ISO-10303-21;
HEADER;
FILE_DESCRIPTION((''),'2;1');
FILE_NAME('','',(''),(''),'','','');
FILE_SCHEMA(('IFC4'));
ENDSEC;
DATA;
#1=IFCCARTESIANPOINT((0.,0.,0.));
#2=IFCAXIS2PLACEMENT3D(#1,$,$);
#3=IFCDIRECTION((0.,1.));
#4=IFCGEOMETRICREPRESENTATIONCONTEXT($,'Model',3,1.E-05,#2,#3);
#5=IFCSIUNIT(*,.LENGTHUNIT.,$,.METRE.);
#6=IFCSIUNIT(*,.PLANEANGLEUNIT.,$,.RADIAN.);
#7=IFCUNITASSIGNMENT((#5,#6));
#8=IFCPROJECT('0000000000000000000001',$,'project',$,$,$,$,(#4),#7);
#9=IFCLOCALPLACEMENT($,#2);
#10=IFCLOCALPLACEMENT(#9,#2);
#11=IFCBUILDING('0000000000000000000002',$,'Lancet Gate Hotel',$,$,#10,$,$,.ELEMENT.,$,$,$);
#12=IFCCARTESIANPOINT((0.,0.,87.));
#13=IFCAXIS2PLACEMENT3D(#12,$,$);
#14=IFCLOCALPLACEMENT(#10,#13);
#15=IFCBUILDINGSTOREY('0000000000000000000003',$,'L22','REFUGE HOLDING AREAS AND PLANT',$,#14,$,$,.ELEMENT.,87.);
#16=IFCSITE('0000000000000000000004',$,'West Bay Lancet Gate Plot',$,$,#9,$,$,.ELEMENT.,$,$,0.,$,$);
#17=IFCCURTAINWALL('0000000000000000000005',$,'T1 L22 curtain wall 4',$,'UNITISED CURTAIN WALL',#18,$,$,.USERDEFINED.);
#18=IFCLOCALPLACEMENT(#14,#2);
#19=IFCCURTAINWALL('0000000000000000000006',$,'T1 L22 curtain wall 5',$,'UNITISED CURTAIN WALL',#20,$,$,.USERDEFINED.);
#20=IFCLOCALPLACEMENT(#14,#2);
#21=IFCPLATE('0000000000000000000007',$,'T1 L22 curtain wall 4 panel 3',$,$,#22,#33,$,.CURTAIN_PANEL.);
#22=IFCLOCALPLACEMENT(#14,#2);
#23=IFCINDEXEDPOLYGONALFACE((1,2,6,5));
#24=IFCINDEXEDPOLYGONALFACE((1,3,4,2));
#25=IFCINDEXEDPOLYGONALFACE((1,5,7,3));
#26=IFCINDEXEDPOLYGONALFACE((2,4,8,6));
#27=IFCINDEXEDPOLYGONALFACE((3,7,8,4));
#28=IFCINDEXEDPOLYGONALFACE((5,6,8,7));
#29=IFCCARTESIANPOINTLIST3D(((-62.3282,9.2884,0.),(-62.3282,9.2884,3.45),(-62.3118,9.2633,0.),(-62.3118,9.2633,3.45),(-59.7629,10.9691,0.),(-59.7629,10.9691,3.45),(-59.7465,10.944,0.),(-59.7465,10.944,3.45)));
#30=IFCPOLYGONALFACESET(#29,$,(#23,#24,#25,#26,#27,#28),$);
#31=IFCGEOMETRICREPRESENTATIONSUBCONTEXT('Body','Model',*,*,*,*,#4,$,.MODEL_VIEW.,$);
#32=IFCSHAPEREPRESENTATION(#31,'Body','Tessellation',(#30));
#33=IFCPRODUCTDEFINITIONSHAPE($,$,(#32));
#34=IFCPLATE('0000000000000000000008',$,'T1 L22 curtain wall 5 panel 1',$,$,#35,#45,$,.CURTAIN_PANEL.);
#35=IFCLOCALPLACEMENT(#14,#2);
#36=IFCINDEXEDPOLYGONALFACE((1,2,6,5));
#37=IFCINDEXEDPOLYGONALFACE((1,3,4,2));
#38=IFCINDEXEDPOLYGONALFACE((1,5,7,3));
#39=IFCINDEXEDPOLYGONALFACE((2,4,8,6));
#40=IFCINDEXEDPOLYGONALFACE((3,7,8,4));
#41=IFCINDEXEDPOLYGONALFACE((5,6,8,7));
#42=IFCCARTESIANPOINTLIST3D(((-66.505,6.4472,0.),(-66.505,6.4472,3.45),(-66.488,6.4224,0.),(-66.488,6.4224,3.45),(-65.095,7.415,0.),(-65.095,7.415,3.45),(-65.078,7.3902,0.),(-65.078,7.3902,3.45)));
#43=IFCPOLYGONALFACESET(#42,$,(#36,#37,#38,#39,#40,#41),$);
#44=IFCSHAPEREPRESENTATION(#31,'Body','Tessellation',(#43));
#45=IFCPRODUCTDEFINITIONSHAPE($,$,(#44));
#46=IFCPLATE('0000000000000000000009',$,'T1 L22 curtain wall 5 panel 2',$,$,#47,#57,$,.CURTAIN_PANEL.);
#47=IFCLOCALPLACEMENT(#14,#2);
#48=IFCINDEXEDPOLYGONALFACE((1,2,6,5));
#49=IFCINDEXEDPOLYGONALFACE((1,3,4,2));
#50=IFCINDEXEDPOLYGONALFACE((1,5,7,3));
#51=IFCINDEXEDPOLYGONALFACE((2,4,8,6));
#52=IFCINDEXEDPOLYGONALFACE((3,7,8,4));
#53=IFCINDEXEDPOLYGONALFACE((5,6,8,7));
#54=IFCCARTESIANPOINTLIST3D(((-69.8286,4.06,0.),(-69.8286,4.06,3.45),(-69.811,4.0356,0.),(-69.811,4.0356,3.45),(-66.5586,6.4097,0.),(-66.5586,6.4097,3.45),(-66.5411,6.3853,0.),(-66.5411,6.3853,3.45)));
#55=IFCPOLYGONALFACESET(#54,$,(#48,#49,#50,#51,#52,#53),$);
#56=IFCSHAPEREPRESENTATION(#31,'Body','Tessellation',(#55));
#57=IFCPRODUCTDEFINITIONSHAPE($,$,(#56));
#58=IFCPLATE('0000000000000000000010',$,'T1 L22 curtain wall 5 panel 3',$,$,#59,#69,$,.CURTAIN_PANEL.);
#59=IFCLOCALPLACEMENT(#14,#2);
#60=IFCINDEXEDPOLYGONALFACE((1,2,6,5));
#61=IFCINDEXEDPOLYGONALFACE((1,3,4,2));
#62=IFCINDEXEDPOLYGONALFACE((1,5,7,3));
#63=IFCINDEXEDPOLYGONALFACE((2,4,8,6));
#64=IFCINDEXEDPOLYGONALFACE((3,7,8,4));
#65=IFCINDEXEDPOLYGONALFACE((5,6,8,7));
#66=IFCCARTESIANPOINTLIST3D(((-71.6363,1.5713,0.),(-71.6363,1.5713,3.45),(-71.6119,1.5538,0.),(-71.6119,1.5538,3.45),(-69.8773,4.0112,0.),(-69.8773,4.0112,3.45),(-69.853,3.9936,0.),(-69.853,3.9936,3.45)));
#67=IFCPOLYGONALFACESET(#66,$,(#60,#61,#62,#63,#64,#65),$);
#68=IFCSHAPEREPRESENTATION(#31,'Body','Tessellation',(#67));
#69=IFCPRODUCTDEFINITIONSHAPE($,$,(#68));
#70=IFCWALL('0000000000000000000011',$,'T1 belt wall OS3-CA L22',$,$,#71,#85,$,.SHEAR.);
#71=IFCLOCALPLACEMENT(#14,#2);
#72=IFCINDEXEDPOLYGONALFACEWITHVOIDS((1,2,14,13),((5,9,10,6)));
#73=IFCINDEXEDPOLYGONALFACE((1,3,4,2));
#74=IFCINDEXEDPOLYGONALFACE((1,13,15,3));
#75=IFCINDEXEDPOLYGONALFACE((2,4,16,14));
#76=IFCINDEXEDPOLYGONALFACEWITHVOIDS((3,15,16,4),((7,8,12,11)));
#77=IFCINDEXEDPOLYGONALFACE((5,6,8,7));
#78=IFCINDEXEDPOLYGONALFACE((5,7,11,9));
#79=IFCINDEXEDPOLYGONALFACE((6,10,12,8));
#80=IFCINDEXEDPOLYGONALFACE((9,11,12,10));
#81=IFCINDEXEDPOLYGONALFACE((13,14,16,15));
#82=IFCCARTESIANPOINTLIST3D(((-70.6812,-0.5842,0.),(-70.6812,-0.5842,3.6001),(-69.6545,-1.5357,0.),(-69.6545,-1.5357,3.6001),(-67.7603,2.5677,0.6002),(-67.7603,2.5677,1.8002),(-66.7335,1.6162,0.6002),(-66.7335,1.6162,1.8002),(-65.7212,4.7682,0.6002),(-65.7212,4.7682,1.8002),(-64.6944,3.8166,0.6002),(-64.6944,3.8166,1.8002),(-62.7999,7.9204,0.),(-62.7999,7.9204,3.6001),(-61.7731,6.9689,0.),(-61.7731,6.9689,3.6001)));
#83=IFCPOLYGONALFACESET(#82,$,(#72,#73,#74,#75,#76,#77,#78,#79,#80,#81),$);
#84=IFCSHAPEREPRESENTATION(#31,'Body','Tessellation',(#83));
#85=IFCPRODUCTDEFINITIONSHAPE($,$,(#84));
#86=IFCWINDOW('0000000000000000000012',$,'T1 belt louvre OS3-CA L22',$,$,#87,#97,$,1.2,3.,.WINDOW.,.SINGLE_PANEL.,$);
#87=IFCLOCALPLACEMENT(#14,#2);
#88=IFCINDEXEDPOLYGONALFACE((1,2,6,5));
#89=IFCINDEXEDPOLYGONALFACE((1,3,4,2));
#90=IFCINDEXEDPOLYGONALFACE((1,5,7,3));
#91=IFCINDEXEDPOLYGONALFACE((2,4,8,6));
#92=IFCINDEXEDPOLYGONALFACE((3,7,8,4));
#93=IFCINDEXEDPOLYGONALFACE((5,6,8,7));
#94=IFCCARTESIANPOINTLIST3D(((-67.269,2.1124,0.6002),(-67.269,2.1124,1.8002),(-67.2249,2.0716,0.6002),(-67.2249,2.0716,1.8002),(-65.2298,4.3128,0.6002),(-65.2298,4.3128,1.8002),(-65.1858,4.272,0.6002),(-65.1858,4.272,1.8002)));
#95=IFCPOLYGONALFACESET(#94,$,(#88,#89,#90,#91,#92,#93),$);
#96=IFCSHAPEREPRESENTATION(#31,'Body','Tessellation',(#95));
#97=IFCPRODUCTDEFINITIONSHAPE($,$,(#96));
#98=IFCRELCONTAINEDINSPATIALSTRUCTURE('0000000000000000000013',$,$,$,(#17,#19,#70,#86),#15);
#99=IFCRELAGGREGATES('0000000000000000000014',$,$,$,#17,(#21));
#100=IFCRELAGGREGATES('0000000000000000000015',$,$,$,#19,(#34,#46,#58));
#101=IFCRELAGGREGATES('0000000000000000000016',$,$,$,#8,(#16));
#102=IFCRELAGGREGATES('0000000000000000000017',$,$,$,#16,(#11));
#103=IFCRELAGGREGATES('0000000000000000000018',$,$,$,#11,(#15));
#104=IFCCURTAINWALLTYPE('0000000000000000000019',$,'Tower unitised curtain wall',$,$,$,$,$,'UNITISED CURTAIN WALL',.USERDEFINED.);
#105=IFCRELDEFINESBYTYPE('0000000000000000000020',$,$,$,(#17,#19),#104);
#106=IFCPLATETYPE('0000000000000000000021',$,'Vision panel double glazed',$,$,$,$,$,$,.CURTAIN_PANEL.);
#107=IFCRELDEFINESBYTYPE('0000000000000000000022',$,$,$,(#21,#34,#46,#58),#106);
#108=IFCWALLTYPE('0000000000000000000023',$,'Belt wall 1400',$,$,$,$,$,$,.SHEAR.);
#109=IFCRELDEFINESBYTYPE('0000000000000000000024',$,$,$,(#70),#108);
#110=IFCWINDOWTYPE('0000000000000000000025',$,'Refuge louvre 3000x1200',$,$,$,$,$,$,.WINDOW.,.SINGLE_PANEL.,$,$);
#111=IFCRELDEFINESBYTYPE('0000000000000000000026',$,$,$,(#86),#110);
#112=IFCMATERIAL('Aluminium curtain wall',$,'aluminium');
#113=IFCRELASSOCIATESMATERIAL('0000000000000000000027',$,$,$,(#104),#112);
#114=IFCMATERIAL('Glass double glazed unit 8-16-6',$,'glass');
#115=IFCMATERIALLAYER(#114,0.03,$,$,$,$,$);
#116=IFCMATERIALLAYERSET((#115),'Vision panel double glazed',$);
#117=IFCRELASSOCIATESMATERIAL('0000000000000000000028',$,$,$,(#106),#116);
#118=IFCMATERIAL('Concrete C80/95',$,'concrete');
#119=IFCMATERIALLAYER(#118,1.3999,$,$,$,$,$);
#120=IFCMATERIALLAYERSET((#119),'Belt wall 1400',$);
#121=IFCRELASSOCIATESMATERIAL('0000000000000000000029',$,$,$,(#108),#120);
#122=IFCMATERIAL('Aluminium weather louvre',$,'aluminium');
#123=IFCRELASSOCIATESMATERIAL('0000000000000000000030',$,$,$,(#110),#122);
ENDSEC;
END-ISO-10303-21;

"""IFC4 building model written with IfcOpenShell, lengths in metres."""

from ifc_helpers import new_model, si_unit, direction, frame, frame_2d, origin, origin_2d, place, context, subcontext, project, spatial, rectangle, extrude, material, layer, layer_set, type_object, element, fill, aggregate, save


model = new_model("IFC4")

# Units and contexts
model_context = context("Model", 3, precision=1e-05, world=origin(), true_north=direction((0.0, 1.0)))
body_context = subcontext(model_context, "Body", "Model", "MODEL_VIEW")
ifc_project = project(units=[si_unit("LENGTHUNIT", "METRE"), si_unit("PLANEANGLEUNIT", "RADIAN")], contexts=[model_context])

# Site, building, storey
site_placement = place(None, origin())
site = spatial("IfcSite", under=ifc_project, at=site_placement, Name="West Bay Lancet Gate Plot", CompositionType="ELEMENT", RefElevation=0.0)
building_placement = place(site_placement, origin())
building = spatial("IfcBuilding", under=site, at=building_placement, Name="Lancet Gate Hotel", CompositionType="ELEMENT")
storey_placement = place(building_placement, frame((0.0, 0.0, 87.0)))
storey = spatial("IfcBuildingStorey", under=building, at=storey_placement, Name="L22", Description="REFUGE HOLDING AREAS AND PLANT", CompositionType="ELEMENT", Elevation=87.0)

# Curtain walls
ifc_material_1 = material(Name="Aluminium curtain wall", Category="aluminium")
curtain_wall_type = type_object("IfcCurtainWallType", Name="Tower unitised curtain wall", ElementType="UNITISED CURTAIN WALL", PredefinedType="USERDEFINED", material=ifc_material_1)
curtain_wall_1_placement = place(storey_placement, origin())
curtain_wall_1 = element("IfcCurtainWall", 1, at=curtain_wall_1_placement, inside=storey, type_object=curtain_wall_type, Name="T1 L22 curtain wall 4", ObjectType="UNITISED CURTAIN WALL", PredefinedType="USERDEFINED")
curtain_wall_2_placement = place(storey_placement, origin())
curtain_wall_2 = element("IfcCurtainWall", 2, at=curtain_wall_2_placement, inside=storey, type_object=curtain_wall_type, Name="T1 L22 curtain wall 5", ObjectType="UNITISED CURTAIN WALL", PredefinedType="USERDEFINED")

# Plates
ifc_material_2 = material(Name="Glass double glazed unit 8-16-6", Category="glass")
ifc_layer_1 = layer(ifc_material_2, 0.03)
ifc_layer_set_1 = layer_set([ifc_layer_1], Name="Vision panel double glazed")
plate_type = type_object("IfcPlateType", Name="Vision panel double glazed", PredefinedType="CURTAIN_PANEL", material=ifc_layer_set_1)
plate_1_placement = place(storey_placement, frame((-61.0374, 10.1162, 0.0), z_axis=(0.0, 0.0, 1.0), x_axis=(-0.836458, -0.548032, 0.0)))
plate_1 = element("IfcPlate", 3, at=plate_1_placement, type_object=plate_type, Name="T1 L22 curtain wall 4 panel 3", PredefinedType="CURTAIN_PANEL", context=body_context, shape_type="SweptSolid", body=[
    extrude(rectangle(XDim=3.0669, YDim=0.03, at=origin_2d()), origin(), (0.0, 0.0, 1.0), 3.45),
])
aggregate(curtain_wall_1, [plate_1])
plate_2_placement = place(storey_placement, frame((-65.7915, 6.9187, 0.0), z_axis=(0.0, 0.0, 1.0), x_axis=(-0.824466, -0.565911, 0.0)))
plate_2 = element("IfcPlate", 4, at=plate_2_placement, type_object=plate_type, Name="T1 L22 curtain wall 5 panel 1", PredefinedType="CURTAIN_PANEL", context=body_context, shape_type="SweptSolid", body=[
    extrude(rectangle(XDim=1.7102, YDim=0.03, at=origin_2d()), origin(), (0.0, 0.0, 1.0), 3.45),
])
plate_3_placement = place(storey_placement, frame((-68.1848, 5.2227, 0.0), z_axis=(0.0, 0.0, 1.0), x_axis=(-0.812093, -0.583528, 0.0)))
plate_3 = element("IfcPlate", 5, at=plate_3_placement, type_object=plate_type, Name="T1 L22 curtain wall 5 panel 2", PredefinedType="CURTAIN_PANEL", context=body_context, shape_type="SweptSolid", body=[
    extrude(rectangle(XDim=4.0266, YDim=0.03, at=origin_2d()), origin(), (0.0, 0.0, 1.0), 3.45),
])
plate_4_placement = place(storey_placement, frame((-70.7446, 2.7825, 0.0), z_axis=(0.0, 0.0, 1.0), x_axis=(-0.584809, -0.811171, 0.0)))
plate_4 = element("IfcPlate", 6, at=plate_4_placement, type_object=plate_type, Name="T1 L22 curtain wall 5 panel 3", PredefinedType="CURTAIN_PANEL", context=body_context, shape_type="SweptSolid", body=[
    extrude(rectangle(XDim=3.0078, YDim=0.03, at=origin_2d()), origin(), (0.0, 0.0, 1.0), 3.45),
])
aggregate(curtain_wall_2, [plate_2, plate_3, plate_4])

# Wall, opening, window
ifc_material_3 = material(Name="Concrete C80/95", Category="concrete")
ifc_layer_2 = layer(ifc_material_3, 1.3999)
ifc_layer_set_2 = layer_set([ifc_layer_2], Name="Belt wall 1400")
wall_type = type_object("IfcWallType", Name="Belt wall 1400", PredefinedType="SHEAR", material=ifc_layer_set_2)
wall_placement = place(storey_placement, frame((-62.2866, 7.4446, 0.0), z_axis=(0.0, 0.0, 1.0), x_axis=(-0.679718, -0.733473, 0.0)))
wall = element("IfcWall", 7, at=wall_placement, inside=storey, type_object=wall_type, Name="T1 belt wall OS3-CA L22", PredefinedType="SHEAR", context=body_context, shape_type="SweptSolid", body=[
    extrude(rectangle(XDim=11.595, YDim=1.3999, at=frame_2d((5.7974, 0.0))), origin(), (0.0, 0.0, 1.0), 3.6001),
])
opening_placement = place(wall_placement, frame((4.2976, 0.0, 0.6001)))
opening = element("IfcOpeningElement", 8, at=opening_placement, cuts=wall, PredefinedType="OPENING", context=body_context, shape_type="SweptSolid", body=[
    extrude(rectangle(XDim=3.0, YDim=1.2, at=frame_2d((1.5, 0.6001))), frame((0.0, 0.71, 0.0), z_axis=(0.0, -1.0, 0.0), x_axis=(1.0, 0.0, 0.0)), (0.0, 0.0, 1.0), 1.4199),
])
ifc_material_4 = material(Name="Aluminium weather louvre", Category="aluminium")
window_type = type_object("IfcWindowType", Name="Refuge louvre 3000x1200", PartitioningType="SINGLE_PANEL", PredefinedType="WINDOW", material=ifc_material_4)
window_placement = place(opening_placement, origin())
window = element("IfcWindow", 9, at=window_placement, inside=storey, type_object=window_type, Name="T1 belt louvre OS3-CA L22", OverallHeight=1.2, OverallWidth=3.0, PartitioningType="SINGLE_PANEL", PredefinedType="WINDOW", context=body_context, shape_type="SweptSolid", body=[
    extrude(rectangle(XDim=3.0, YDim=1.2, at=frame_2d((1.5, 0.6001))), frame((0.0, 0.03, 0.0), z_axis=(0.0, -1.0, 0.0), x_axis=(1.0, 0.0, 0.0)), (0.0, 0.0, 1.0), 0.0601),
])
fill(opening, window)

save(model, "model.ifc")
